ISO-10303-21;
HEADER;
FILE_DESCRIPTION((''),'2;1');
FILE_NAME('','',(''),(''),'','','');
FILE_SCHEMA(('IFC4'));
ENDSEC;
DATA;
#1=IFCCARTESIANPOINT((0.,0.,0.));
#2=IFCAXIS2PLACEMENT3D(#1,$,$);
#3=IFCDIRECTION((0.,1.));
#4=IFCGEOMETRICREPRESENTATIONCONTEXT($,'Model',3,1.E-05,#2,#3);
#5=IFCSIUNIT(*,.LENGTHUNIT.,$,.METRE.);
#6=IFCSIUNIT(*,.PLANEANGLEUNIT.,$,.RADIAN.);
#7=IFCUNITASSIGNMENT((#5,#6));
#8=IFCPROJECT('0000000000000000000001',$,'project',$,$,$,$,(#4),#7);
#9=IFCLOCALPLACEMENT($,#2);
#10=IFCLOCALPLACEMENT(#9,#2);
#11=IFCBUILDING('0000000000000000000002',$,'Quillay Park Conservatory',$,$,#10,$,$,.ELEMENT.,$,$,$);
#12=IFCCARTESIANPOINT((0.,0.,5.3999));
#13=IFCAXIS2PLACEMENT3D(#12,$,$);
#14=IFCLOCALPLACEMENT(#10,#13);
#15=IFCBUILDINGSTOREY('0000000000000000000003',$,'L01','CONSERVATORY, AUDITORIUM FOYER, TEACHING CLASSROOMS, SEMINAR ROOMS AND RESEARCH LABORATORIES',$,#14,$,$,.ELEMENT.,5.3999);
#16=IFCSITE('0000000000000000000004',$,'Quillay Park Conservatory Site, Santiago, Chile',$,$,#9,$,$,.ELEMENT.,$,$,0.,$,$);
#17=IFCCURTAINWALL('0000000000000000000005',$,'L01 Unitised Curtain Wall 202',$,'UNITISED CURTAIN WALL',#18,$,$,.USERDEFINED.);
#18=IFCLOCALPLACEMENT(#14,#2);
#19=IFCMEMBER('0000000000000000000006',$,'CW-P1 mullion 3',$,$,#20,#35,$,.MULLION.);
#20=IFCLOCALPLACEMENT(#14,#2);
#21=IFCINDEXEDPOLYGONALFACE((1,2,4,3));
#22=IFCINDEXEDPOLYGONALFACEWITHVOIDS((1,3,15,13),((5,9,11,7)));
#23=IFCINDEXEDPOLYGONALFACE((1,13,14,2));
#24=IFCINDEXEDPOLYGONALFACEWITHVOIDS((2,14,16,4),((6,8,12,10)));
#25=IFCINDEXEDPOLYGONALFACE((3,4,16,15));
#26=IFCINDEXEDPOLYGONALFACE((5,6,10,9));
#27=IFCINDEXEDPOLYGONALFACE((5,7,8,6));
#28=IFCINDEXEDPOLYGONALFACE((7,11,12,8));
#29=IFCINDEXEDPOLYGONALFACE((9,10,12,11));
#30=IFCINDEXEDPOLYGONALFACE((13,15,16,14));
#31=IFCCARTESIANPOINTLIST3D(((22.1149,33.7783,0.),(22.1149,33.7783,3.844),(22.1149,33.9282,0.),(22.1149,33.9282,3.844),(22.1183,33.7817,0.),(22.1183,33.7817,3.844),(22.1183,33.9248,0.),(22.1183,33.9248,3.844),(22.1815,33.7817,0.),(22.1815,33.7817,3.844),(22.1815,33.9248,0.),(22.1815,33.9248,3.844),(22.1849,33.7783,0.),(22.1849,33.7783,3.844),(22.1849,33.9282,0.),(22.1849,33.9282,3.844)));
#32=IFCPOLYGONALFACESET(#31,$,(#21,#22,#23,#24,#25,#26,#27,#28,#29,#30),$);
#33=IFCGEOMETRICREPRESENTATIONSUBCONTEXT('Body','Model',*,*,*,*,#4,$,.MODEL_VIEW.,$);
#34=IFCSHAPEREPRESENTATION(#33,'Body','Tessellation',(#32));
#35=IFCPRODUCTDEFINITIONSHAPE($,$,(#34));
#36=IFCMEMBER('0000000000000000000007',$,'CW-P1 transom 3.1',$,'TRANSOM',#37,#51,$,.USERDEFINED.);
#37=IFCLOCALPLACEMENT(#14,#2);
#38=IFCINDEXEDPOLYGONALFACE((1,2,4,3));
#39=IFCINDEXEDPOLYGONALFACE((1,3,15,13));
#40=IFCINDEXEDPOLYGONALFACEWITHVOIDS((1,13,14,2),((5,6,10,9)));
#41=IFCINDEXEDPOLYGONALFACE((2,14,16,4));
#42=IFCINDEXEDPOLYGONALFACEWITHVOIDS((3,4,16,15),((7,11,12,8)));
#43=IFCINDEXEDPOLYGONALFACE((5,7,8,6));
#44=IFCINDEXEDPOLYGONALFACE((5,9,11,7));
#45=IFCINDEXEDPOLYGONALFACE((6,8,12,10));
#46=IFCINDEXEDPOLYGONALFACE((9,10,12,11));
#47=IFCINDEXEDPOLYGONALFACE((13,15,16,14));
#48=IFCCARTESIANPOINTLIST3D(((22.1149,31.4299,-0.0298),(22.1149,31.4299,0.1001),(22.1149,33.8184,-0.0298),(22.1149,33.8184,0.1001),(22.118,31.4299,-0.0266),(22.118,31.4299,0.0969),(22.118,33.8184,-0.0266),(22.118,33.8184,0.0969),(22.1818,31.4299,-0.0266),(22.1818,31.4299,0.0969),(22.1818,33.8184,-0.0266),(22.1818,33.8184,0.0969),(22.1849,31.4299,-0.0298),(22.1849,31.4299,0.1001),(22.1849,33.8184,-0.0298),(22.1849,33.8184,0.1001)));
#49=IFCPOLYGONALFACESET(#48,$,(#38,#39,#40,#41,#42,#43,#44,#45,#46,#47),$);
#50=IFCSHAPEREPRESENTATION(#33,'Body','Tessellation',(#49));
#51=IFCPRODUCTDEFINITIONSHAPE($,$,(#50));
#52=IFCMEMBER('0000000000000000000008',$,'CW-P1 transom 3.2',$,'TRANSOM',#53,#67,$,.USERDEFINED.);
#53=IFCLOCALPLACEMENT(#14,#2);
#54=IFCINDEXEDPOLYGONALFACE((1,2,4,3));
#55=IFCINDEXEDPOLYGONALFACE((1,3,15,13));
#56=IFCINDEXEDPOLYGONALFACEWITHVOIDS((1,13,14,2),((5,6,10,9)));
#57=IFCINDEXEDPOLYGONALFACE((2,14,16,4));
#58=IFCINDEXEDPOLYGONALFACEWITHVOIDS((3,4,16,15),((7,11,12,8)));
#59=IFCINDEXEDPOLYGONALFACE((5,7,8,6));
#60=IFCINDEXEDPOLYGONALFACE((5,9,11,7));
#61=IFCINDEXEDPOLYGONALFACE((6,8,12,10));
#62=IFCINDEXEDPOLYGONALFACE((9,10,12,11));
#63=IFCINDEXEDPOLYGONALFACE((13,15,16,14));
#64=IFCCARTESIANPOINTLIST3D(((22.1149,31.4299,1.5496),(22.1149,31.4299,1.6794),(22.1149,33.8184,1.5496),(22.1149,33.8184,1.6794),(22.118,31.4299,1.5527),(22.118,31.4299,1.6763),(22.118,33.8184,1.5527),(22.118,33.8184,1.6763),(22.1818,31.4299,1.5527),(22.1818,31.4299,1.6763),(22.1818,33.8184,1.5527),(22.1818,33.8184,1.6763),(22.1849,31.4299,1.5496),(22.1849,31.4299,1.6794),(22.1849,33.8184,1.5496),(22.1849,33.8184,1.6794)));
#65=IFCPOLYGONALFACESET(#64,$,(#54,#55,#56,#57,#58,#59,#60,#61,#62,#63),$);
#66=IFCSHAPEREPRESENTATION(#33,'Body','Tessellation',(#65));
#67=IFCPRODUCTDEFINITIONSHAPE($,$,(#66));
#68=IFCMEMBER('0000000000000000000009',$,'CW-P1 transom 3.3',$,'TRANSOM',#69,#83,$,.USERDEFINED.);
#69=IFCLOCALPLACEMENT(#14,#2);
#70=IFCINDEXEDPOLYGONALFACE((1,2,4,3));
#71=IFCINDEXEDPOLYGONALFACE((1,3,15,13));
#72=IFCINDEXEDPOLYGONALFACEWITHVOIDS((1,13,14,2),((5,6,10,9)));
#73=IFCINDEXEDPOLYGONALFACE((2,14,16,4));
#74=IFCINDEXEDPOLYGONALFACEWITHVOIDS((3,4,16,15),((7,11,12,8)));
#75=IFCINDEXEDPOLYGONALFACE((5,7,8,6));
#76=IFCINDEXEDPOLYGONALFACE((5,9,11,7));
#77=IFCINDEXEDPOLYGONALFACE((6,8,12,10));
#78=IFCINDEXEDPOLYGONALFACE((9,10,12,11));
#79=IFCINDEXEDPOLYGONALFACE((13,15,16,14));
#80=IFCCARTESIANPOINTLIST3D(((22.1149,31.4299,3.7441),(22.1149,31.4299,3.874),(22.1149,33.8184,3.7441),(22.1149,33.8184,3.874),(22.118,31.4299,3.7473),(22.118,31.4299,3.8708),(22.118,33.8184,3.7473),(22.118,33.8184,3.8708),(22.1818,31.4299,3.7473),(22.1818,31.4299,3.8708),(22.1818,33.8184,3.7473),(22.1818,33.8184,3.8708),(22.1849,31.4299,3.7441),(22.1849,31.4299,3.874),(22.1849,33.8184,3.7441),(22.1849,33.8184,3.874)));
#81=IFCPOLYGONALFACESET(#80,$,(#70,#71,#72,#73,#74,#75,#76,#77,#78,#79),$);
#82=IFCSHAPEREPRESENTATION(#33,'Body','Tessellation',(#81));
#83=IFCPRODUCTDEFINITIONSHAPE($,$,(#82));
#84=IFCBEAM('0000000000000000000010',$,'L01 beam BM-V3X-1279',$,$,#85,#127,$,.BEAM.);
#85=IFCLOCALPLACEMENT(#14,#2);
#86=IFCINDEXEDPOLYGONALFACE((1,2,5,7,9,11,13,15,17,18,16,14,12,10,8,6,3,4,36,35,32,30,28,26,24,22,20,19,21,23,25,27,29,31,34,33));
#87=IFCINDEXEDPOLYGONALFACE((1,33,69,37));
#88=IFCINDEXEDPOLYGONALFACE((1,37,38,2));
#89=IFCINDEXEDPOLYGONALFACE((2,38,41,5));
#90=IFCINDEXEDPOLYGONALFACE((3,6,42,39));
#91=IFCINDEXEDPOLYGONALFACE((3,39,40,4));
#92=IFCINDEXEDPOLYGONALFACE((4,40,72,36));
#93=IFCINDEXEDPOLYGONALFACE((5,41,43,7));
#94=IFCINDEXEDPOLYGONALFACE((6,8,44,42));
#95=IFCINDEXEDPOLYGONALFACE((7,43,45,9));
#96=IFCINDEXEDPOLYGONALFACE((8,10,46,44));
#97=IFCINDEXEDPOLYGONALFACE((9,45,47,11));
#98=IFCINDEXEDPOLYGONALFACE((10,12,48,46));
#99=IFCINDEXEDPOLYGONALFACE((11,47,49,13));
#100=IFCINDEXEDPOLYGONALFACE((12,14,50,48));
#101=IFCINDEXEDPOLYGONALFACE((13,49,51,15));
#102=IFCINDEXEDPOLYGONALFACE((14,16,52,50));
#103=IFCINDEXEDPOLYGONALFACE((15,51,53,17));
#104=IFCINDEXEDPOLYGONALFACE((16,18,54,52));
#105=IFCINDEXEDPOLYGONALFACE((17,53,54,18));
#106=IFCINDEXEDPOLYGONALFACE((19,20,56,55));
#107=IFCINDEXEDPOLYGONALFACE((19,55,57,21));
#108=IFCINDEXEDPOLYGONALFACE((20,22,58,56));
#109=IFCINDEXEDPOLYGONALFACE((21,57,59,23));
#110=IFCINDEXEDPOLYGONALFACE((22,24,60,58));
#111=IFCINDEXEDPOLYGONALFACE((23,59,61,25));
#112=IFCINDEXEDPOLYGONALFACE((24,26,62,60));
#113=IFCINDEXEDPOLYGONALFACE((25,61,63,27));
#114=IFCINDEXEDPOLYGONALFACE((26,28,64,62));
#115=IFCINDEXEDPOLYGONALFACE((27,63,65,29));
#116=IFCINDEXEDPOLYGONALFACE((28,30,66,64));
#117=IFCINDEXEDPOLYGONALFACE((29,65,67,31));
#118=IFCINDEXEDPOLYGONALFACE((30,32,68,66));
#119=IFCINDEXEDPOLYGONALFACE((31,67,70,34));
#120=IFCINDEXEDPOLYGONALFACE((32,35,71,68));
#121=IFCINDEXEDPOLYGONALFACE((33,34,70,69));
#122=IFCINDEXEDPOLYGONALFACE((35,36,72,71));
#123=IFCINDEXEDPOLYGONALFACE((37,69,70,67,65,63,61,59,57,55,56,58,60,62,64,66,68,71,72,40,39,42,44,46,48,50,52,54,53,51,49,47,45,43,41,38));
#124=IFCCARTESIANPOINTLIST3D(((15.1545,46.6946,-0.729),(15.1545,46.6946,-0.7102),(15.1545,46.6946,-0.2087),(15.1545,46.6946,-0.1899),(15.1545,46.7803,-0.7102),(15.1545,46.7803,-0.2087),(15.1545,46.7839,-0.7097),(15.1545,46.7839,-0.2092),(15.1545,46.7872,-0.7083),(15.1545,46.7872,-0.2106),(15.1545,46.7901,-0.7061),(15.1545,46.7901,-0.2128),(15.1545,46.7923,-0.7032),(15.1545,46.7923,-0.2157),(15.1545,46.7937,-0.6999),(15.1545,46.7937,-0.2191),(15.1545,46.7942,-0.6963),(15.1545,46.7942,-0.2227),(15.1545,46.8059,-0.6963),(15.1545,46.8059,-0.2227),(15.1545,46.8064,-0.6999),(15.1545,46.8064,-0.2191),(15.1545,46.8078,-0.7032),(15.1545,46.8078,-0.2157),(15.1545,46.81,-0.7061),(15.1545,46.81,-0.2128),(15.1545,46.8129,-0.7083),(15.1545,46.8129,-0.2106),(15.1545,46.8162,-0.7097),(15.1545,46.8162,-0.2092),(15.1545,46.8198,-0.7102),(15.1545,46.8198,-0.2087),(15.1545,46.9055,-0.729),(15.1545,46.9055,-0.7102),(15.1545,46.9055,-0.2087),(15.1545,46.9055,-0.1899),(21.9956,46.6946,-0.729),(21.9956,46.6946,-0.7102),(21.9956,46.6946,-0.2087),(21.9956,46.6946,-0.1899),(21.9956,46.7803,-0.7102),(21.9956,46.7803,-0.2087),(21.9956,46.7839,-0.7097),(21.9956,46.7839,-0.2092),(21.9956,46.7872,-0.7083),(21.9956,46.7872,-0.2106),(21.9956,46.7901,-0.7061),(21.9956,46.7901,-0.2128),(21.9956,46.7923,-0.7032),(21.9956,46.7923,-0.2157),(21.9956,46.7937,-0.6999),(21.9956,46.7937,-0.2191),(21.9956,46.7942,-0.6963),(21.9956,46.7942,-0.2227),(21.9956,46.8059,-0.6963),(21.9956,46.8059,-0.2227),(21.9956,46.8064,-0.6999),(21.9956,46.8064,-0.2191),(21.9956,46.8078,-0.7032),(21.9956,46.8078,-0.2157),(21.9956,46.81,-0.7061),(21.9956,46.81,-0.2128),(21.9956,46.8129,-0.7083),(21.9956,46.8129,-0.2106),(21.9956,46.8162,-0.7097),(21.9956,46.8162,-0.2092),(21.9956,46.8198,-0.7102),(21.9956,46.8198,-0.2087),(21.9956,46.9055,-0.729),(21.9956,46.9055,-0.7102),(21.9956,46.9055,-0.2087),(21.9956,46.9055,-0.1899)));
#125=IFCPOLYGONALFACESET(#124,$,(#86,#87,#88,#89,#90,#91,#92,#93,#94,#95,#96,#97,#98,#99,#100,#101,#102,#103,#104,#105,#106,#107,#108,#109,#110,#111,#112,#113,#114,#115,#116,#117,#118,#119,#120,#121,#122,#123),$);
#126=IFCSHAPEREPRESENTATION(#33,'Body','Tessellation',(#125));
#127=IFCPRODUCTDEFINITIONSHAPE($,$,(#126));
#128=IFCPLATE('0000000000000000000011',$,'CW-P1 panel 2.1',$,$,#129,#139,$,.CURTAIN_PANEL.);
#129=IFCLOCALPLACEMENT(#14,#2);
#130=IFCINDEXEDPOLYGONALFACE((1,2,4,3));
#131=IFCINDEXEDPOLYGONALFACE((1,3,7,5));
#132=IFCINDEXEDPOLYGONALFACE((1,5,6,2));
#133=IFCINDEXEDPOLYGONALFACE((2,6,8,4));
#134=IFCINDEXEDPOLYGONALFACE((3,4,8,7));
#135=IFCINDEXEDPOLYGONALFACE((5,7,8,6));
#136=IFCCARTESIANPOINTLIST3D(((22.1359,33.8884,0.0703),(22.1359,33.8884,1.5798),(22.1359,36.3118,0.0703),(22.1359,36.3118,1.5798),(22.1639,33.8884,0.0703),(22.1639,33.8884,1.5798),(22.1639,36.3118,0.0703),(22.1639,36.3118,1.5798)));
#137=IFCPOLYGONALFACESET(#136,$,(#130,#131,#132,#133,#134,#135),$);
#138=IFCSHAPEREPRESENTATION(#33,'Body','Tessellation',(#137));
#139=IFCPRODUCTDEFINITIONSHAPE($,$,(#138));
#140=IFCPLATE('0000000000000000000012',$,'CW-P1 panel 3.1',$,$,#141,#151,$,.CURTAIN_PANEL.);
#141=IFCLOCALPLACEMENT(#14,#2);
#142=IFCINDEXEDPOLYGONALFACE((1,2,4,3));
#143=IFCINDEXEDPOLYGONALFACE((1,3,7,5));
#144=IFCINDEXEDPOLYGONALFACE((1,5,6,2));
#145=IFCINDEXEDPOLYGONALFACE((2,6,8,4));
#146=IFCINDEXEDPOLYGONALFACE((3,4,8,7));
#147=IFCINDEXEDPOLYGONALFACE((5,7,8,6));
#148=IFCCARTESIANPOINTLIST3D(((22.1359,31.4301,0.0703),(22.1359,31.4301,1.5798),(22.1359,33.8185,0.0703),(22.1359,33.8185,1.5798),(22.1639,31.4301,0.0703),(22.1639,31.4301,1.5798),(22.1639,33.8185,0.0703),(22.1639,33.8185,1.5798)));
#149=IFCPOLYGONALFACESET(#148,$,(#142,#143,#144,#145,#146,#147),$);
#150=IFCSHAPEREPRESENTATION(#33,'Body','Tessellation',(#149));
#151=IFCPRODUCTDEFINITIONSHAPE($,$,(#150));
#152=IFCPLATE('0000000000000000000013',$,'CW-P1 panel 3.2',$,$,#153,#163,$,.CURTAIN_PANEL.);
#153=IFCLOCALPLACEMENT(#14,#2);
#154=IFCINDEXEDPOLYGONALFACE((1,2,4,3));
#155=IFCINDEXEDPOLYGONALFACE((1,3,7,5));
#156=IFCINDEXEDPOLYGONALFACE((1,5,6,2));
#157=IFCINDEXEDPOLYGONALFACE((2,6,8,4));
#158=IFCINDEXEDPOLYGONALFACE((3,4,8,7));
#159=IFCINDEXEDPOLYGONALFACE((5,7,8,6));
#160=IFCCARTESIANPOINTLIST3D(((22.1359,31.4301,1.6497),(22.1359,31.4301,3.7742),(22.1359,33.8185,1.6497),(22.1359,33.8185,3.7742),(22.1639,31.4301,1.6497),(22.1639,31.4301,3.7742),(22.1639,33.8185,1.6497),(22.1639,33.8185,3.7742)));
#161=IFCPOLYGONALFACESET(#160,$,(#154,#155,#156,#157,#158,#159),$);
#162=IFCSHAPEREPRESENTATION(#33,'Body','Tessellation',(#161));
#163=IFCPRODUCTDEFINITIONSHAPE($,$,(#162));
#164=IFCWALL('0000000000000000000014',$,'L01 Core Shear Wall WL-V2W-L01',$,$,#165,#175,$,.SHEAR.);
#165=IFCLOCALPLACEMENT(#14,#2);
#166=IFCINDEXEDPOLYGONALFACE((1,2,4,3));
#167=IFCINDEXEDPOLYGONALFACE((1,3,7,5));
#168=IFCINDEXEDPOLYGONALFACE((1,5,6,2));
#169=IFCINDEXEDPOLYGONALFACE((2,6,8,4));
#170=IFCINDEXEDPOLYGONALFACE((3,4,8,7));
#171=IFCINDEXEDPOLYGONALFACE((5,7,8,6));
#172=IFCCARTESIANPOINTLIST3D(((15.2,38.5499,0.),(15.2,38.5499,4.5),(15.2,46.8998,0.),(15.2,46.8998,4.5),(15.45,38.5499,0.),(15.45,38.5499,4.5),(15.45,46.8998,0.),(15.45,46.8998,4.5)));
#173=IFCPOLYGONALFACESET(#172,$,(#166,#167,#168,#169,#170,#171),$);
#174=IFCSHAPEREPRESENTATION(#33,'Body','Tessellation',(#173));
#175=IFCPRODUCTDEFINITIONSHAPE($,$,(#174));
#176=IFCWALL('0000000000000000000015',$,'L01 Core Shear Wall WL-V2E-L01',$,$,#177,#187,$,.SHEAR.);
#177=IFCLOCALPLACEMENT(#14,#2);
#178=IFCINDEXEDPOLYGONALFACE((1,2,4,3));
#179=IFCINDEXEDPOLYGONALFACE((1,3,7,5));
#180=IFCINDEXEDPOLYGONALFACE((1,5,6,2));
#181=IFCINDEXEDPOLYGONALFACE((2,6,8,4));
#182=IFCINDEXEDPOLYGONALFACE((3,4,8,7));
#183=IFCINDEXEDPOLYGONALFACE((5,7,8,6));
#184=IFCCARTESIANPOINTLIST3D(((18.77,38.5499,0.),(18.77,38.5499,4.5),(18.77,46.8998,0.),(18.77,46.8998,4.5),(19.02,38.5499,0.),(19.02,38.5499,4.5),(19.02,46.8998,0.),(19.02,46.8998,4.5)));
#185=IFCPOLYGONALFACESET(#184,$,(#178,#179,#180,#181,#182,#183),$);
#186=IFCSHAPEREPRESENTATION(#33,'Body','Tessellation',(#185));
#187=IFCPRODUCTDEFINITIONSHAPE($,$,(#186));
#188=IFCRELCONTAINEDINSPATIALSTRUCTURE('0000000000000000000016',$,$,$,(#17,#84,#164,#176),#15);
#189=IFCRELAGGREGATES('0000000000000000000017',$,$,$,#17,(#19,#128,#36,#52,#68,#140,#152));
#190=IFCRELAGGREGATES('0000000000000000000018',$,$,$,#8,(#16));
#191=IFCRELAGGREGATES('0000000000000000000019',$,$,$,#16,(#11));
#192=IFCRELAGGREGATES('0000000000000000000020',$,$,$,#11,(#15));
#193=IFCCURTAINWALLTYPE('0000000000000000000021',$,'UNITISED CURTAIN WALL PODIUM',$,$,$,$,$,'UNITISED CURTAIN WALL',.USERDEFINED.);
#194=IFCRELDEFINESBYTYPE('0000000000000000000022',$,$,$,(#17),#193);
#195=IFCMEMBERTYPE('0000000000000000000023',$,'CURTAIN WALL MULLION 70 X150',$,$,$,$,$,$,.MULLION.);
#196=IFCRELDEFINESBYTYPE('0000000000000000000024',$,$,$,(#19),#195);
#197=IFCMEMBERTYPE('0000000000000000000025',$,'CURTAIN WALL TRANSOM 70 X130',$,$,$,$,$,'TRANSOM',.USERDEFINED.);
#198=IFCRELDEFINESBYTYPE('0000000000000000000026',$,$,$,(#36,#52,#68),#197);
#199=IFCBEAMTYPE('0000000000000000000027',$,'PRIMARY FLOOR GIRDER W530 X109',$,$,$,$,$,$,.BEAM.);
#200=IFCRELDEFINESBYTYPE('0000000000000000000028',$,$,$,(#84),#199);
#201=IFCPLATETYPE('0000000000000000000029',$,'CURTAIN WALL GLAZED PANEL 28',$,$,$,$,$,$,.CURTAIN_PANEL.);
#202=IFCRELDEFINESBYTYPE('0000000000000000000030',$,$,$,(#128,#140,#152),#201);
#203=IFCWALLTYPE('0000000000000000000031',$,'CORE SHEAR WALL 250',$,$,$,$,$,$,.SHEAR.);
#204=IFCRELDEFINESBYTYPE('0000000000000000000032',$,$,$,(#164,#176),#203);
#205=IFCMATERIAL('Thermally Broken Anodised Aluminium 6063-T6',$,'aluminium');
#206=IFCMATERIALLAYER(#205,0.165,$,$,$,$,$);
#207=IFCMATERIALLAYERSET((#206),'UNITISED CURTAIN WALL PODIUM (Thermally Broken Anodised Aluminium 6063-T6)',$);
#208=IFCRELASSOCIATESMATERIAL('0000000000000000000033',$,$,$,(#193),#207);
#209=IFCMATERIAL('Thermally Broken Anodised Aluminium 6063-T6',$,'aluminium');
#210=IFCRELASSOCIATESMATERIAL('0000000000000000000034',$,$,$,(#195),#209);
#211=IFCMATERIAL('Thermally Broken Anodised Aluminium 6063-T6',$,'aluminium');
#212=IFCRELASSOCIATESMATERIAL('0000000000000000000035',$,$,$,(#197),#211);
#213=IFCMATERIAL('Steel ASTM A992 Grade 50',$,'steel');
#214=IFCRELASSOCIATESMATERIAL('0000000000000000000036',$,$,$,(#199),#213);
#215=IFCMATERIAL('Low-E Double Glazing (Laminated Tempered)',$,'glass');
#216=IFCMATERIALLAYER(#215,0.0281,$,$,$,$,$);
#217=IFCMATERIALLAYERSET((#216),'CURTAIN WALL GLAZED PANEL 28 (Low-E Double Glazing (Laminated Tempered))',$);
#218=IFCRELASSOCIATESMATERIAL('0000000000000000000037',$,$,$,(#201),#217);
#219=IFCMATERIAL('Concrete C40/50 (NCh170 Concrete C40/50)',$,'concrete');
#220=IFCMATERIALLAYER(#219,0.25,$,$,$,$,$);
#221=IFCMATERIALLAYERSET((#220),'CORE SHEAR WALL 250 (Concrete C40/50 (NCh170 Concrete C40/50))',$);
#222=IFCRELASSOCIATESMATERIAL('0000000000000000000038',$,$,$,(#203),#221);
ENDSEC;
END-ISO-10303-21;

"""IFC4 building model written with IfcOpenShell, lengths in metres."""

from ifc_helpers import new_model, si_unit, direction, frame, frame_2d, origin, origin_2d, place, context, subcontext, project, spatial, rectangle, hollow_rectangle, i_section, extrude, material, layer, layer_set, material_profile, profile_set, type_object, element, aggregate, save


model = new_model("IFC4")

# Units and contexts
model_context = context("Model", 3, precision=1e-05, world=origin(), true_north=direction((0.0, 1.0)))
body_context = subcontext(model_context, "Body", "Model", "MODEL_VIEW")
ifc_project = project(units=[si_unit("LENGTHUNIT", "METRE"), si_unit("PLANEANGLEUNIT", "RADIAN")], contexts=[model_context])

# Site, building, storey
site_placement = place(None, origin())
site = spatial("IfcSite", under=ifc_project, at=site_placement, Name="Quillay Park Conservatory Site, Santiago, Chile", CompositionType="ELEMENT", RefElevation=0.0)
building_placement = place(site_placement, origin())
building = spatial("IfcBuilding", under=site, at=building_placement, Name="Quillay Park Conservatory", CompositionType="ELEMENT")
storey_placement = place(building_placement, frame((0.0, 0.0, 5.3999)))
storey = spatial("IfcBuildingStorey", under=building, at=storey_placement, Name="L01", Description="CONSERVATORY, AUDITORIUM FOYER, TEACHING CLASSROOMS, SEMINAR ROOMS AND RESEARCH LABORATORIES", CompositionType="ELEMENT", Elevation=5.3999)

# Curtain wall, members
ifc_material_1 = material(Name="Thermally Broken Anodised Aluminium 6063-T6", Category="aluminium")
ifc_layer_1 = layer(ifc_material_1, 0.165)
ifc_layer_set_1 = layer_set([ifc_layer_1], Name="UNITISED CURTAIN WALL PODIUM (Thermally Broken Anodised Aluminium 6063-T6)")
curtain_wall_type = type_object("IfcCurtainWallType", Name="UNITISED CURTAIN WALL PODIUM", ElementType="UNITISED CURTAIN WALL", PredefinedType="USERDEFINED", material=ifc_layer_set_1)
curtain_wall_placement = place(storey_placement, origin())
curtain_wall = element("IfcCurtainWall", 1, at=curtain_wall_placement, inside=storey, type_object=curtain_wall_type, Name="L01 Unitised Curtain Wall 202", ObjectType="UNITISED CURTAIN WALL", PredefinedType="USERDEFINED")
ifc_material_2 = material(Name="Thermally Broken Anodised Aluminium 6063-T6", Category="aluminium")
ifc_material_profile_1 = material_profile(ifc_material_2, hollow_rectangle(XDim=0.0701, YDim=0.1499, WallThickness=0.0034, at=origin_2d()), Name="AL70x150x3.5")
ifc_profile_set_1 = profile_set([ifc_material_profile_1], Name="Thermally Broken Anodised Aluminium 6063-T6")
member_type_1 = type_object("IfcMemberType", Name="CURTAIN WALL MULLION 70 X150", PredefinedType="MULLION", material=ifc_profile_set_1)
member_1_placement = place(storey_placement, frame((22.1499, 33.8533, 0.0), z_axis=(0.0, 0.0, 1.0), x_axis=(1.0, 0.0, 0.0)))
member_1 = element("IfcMember", 2, at=member_1_placement, type_object=member_type_1, Name="CW-P1 mullion 3", PredefinedType="MULLION", context=body_context, shape_type="SweptSolid", body=[
    extrude(hollow_rectangle(XDim=0.0701, YDim=0.1499, WallThickness=0.0034, at=origin_2d()), origin(), (0.0, 0.0, 1.0), 3.844),
])
ifc_material_3 = material(Name="Thermally Broken Anodised Aluminium 6063-T6", Category="aluminium")
ifc_material_profile_2 = material_profile(ifc_material_3, hollow_rectangle(XDim=0.0701, YDim=0.1299, WallThickness=0.0032, at=origin_2d()), Name="AL70x130x3.2")
ifc_profile_set_2 = profile_set([ifc_material_profile_2], Name="Thermally Broken Anodised Aluminium 6063-T6")
member_type_2 = type_object("IfcMemberType", Name="CURTAIN WALL TRANSOM 70 X130", ElementType="TRANSOM", PredefinedType="USERDEFINED", material=ifc_profile_set_2)
member_2_placement = place(storey_placement, frame((22.1499, 33.8184, 0.0352), z_axis=(0.0, -1.0, 0.0), x_axis=(1.0, 0.0, 0.0)))
member_2 = element("IfcMember", 3, at=member_2_placement, type_object=member_type_2, Name="CW-P1 transom 3.1", ObjectType="TRANSOM", PredefinedType="USERDEFINED", context=body_context, shape_type="SweptSolid", body=[
    extrude(hollow_rectangle(XDim=0.0701, YDim=0.1299, WallThickness=0.0032, at=origin_2d()), origin(), (0.0, 0.0, 1.0), 2.3884),
])
member_3_placement = place(storey_placement, frame((22.1499, 33.8184, 1.6145), z_axis=(0.0, -1.0, 0.0), x_axis=(1.0, 0.0, 0.0)))
member_3 = element("IfcMember", 4, at=member_3_placement, type_object=member_type_2, Name="CW-P1 transom 3.2", ObjectType="TRANSOM", PredefinedType="USERDEFINED", context=body_context, shape_type="SweptSolid", body=[
    extrude(hollow_rectangle(XDim=0.0701, YDim=0.1299, WallThickness=0.0032, at=origin_2d()), origin(), (0.0, 0.0, 1.0), 2.3884),
])
member_4_placement = place(storey_placement, frame((22.1499, 33.8184, 3.8091), z_axis=(0.0, -1.0, 0.0), x_axis=(1.0, 0.0, 0.0)))
member_4 = element("IfcMember", 5, at=member_4_placement, type_object=member_type_2, Name="CW-P1 transom 3.3", ObjectType="TRANSOM", PredefinedType="USERDEFINED", context=body_context, shape_type="SweptSolid", body=[
    extrude(hollow_rectangle(XDim=0.0701, YDim=0.1299, WallThickness=0.0032, at=origin_2d()), origin(), (0.0, 0.0, 1.0), 2.3884),
])

# Beam
ifc_material_4 = material(Name="Steel ASTM A992 Grade 50", Category="steel")
ifc_material_profile_3 = material_profile(ifc_material_4, i_section(OverallWidth=0.2109, OverallDepth=0.5391, WebThickness=0.0117, FlangeThickness=0.0188, FilletRadius=0.0139, at=origin_2d()), Name="W530x109")
ifc_profile_set_3 = profile_set([ifc_material_profile_3], Name="Steel ASTM A992 Grade 50")
beam_type = type_object("IfcBeamType", Name="PRIMARY FLOOR GIRDER W530 X109", PredefinedType="BEAM", material=ifc_profile_set_3)
beam_placement = place(storey_placement, frame((15.1545, 46.8, -0.4595), z_axis=(1.0, 0.0, 0.0), x_axis=(0.0, 1.0, 0.0)))
element("IfcBeam", 6, at=beam_placement, inside=storey, type_object=beam_type, Name="L01 beam BM-V3X-1279", PredefinedType="BEAM", context=body_context, shape_type="SweptSolid", body=[
    extrude(i_section(OverallWidth=0.2109, OverallDepth=0.5391, WebThickness=0.0117, FlangeThickness=0.0188, FilletRadius=0.0139, at=origin_2d()), origin(), (0.0, 0.0, 1.0), 6.8411),
])

# Plates
ifc_material_5 = material(Name="Low-E Double Glazing (Laminated Tempered)", Category="glass")
ifc_layer_2 = layer(ifc_material_5, 0.0281)
ifc_layer_set_2 = layer_set([ifc_layer_2], Name="CURTAIN WALL GLAZED PANEL 28 (Low-E Double Glazing (Laminated Tempered))")
plate_type = type_object("IfcPlateType", Name="CURTAIN WALL GLAZED PANEL 28", PredefinedType="CURTAIN_PANEL", material=ifc_layer_set_2)
plate_1_placement = place(storey_placement, frame((22.1499, 35.1001, 0.0703), z_axis=(0.0, 0.0, 1.0), x_axis=(0.0, -1.0, 0.0)))
plate_1 = element("IfcPlate", 7, at=plate_1_placement, type_object=plate_type, Name="CW-P1 panel 2.1", PredefinedType="CURTAIN_PANEL", context=body_context, shape_type="SweptSolid", body=[
    extrude(rectangle(XDim=2.4233, YDim=0.0281, at=origin_2d()), origin(), (0.0, 0.0, 1.0), 1.5095),
])
plate_2_placement = place(storey_placement, frame((22.1499, 32.6243, 0.0703), z_axis=(0.0, 0.0, 1.0), x_axis=(0.0, -1.0, 0.0)))
plate_2 = element("IfcPlate", 8, at=plate_2_placement, type_object=plate_type, Name="CW-P1 panel 3.1", PredefinedType="CURTAIN_PANEL", context=body_context, shape_type="SweptSolid", body=[
    extrude(rectangle(XDim=2.3884, YDim=0.0281, at=origin_2d()), origin(), (0.0, 0.0, 1.0), 1.5095),
])
plate_3_placement = place(storey_placement, frame((22.1499, 32.6243, 1.6497), z_axis=(0.0, 0.0, 1.0), x_axis=(0.0, -1.0, 0.0)))
plate_3 = element("IfcPlate", 9, at=plate_3_placement, type_object=plate_type, Name="CW-P1 panel 3.2", PredefinedType="CURTAIN_PANEL", context=body_context, shape_type="SweptSolid", body=[
    extrude(rectangle(XDim=2.3884, YDim=0.0281, at=origin_2d()), origin(), (0.0, 0.0, 1.0), 2.1245),
])
aggregate(curtain_wall, [member_1, plate_1, member_2, member_3, member_4, plate_2, plate_3])

# Walls
ifc_material_6 = material(Name="Concrete C40/50 (NCh170 Concrete C40/50)", Category="concrete")
ifc_layer_3 = layer(ifc_material_6, 0.25)
ifc_layer_set_3 = layer_set([ifc_layer_3], Name="CORE SHEAR WALL 250 (Concrete C40/50 (NCh170 Concrete C40/50))")
wall_type = type_object("IfcWallType", Name="CORE SHEAR WALL 250", PredefinedType="SHEAR", material=ifc_layer_set_3)
for number, where, z_axis, x_axis, name in (
    (10, (15.325, 38.55, 0.0), (0.0, 0.0, 1.0), (0.0, 1.0, 0.0), "L01 Core Shear Wall WL-V2W-L01"),
    (11, (18.895, 38.55, 0.0), (0.0, 0.0, 1.0), (0.0, 1.0, 0.0), "L01 Core Shear Wall WL-V2E-L01"),
):
    element("IfcWall", number, at=place(storey_placement, frame(where, z_axis=z_axis, x_axis=x_axis)), inside=storey, type_object=wall_type, Name=name, PredefinedType="SHEAR", context=body_context, shape_type="SweptSolid", body=[
        extrude(rectangle(XDim=8.3499, YDim=0.25, at=frame_2d((4.1748, 0.0))), origin(), (0.0, 0.0, 1.0), 4.5),
    ])

save(model, "model.ifc")
